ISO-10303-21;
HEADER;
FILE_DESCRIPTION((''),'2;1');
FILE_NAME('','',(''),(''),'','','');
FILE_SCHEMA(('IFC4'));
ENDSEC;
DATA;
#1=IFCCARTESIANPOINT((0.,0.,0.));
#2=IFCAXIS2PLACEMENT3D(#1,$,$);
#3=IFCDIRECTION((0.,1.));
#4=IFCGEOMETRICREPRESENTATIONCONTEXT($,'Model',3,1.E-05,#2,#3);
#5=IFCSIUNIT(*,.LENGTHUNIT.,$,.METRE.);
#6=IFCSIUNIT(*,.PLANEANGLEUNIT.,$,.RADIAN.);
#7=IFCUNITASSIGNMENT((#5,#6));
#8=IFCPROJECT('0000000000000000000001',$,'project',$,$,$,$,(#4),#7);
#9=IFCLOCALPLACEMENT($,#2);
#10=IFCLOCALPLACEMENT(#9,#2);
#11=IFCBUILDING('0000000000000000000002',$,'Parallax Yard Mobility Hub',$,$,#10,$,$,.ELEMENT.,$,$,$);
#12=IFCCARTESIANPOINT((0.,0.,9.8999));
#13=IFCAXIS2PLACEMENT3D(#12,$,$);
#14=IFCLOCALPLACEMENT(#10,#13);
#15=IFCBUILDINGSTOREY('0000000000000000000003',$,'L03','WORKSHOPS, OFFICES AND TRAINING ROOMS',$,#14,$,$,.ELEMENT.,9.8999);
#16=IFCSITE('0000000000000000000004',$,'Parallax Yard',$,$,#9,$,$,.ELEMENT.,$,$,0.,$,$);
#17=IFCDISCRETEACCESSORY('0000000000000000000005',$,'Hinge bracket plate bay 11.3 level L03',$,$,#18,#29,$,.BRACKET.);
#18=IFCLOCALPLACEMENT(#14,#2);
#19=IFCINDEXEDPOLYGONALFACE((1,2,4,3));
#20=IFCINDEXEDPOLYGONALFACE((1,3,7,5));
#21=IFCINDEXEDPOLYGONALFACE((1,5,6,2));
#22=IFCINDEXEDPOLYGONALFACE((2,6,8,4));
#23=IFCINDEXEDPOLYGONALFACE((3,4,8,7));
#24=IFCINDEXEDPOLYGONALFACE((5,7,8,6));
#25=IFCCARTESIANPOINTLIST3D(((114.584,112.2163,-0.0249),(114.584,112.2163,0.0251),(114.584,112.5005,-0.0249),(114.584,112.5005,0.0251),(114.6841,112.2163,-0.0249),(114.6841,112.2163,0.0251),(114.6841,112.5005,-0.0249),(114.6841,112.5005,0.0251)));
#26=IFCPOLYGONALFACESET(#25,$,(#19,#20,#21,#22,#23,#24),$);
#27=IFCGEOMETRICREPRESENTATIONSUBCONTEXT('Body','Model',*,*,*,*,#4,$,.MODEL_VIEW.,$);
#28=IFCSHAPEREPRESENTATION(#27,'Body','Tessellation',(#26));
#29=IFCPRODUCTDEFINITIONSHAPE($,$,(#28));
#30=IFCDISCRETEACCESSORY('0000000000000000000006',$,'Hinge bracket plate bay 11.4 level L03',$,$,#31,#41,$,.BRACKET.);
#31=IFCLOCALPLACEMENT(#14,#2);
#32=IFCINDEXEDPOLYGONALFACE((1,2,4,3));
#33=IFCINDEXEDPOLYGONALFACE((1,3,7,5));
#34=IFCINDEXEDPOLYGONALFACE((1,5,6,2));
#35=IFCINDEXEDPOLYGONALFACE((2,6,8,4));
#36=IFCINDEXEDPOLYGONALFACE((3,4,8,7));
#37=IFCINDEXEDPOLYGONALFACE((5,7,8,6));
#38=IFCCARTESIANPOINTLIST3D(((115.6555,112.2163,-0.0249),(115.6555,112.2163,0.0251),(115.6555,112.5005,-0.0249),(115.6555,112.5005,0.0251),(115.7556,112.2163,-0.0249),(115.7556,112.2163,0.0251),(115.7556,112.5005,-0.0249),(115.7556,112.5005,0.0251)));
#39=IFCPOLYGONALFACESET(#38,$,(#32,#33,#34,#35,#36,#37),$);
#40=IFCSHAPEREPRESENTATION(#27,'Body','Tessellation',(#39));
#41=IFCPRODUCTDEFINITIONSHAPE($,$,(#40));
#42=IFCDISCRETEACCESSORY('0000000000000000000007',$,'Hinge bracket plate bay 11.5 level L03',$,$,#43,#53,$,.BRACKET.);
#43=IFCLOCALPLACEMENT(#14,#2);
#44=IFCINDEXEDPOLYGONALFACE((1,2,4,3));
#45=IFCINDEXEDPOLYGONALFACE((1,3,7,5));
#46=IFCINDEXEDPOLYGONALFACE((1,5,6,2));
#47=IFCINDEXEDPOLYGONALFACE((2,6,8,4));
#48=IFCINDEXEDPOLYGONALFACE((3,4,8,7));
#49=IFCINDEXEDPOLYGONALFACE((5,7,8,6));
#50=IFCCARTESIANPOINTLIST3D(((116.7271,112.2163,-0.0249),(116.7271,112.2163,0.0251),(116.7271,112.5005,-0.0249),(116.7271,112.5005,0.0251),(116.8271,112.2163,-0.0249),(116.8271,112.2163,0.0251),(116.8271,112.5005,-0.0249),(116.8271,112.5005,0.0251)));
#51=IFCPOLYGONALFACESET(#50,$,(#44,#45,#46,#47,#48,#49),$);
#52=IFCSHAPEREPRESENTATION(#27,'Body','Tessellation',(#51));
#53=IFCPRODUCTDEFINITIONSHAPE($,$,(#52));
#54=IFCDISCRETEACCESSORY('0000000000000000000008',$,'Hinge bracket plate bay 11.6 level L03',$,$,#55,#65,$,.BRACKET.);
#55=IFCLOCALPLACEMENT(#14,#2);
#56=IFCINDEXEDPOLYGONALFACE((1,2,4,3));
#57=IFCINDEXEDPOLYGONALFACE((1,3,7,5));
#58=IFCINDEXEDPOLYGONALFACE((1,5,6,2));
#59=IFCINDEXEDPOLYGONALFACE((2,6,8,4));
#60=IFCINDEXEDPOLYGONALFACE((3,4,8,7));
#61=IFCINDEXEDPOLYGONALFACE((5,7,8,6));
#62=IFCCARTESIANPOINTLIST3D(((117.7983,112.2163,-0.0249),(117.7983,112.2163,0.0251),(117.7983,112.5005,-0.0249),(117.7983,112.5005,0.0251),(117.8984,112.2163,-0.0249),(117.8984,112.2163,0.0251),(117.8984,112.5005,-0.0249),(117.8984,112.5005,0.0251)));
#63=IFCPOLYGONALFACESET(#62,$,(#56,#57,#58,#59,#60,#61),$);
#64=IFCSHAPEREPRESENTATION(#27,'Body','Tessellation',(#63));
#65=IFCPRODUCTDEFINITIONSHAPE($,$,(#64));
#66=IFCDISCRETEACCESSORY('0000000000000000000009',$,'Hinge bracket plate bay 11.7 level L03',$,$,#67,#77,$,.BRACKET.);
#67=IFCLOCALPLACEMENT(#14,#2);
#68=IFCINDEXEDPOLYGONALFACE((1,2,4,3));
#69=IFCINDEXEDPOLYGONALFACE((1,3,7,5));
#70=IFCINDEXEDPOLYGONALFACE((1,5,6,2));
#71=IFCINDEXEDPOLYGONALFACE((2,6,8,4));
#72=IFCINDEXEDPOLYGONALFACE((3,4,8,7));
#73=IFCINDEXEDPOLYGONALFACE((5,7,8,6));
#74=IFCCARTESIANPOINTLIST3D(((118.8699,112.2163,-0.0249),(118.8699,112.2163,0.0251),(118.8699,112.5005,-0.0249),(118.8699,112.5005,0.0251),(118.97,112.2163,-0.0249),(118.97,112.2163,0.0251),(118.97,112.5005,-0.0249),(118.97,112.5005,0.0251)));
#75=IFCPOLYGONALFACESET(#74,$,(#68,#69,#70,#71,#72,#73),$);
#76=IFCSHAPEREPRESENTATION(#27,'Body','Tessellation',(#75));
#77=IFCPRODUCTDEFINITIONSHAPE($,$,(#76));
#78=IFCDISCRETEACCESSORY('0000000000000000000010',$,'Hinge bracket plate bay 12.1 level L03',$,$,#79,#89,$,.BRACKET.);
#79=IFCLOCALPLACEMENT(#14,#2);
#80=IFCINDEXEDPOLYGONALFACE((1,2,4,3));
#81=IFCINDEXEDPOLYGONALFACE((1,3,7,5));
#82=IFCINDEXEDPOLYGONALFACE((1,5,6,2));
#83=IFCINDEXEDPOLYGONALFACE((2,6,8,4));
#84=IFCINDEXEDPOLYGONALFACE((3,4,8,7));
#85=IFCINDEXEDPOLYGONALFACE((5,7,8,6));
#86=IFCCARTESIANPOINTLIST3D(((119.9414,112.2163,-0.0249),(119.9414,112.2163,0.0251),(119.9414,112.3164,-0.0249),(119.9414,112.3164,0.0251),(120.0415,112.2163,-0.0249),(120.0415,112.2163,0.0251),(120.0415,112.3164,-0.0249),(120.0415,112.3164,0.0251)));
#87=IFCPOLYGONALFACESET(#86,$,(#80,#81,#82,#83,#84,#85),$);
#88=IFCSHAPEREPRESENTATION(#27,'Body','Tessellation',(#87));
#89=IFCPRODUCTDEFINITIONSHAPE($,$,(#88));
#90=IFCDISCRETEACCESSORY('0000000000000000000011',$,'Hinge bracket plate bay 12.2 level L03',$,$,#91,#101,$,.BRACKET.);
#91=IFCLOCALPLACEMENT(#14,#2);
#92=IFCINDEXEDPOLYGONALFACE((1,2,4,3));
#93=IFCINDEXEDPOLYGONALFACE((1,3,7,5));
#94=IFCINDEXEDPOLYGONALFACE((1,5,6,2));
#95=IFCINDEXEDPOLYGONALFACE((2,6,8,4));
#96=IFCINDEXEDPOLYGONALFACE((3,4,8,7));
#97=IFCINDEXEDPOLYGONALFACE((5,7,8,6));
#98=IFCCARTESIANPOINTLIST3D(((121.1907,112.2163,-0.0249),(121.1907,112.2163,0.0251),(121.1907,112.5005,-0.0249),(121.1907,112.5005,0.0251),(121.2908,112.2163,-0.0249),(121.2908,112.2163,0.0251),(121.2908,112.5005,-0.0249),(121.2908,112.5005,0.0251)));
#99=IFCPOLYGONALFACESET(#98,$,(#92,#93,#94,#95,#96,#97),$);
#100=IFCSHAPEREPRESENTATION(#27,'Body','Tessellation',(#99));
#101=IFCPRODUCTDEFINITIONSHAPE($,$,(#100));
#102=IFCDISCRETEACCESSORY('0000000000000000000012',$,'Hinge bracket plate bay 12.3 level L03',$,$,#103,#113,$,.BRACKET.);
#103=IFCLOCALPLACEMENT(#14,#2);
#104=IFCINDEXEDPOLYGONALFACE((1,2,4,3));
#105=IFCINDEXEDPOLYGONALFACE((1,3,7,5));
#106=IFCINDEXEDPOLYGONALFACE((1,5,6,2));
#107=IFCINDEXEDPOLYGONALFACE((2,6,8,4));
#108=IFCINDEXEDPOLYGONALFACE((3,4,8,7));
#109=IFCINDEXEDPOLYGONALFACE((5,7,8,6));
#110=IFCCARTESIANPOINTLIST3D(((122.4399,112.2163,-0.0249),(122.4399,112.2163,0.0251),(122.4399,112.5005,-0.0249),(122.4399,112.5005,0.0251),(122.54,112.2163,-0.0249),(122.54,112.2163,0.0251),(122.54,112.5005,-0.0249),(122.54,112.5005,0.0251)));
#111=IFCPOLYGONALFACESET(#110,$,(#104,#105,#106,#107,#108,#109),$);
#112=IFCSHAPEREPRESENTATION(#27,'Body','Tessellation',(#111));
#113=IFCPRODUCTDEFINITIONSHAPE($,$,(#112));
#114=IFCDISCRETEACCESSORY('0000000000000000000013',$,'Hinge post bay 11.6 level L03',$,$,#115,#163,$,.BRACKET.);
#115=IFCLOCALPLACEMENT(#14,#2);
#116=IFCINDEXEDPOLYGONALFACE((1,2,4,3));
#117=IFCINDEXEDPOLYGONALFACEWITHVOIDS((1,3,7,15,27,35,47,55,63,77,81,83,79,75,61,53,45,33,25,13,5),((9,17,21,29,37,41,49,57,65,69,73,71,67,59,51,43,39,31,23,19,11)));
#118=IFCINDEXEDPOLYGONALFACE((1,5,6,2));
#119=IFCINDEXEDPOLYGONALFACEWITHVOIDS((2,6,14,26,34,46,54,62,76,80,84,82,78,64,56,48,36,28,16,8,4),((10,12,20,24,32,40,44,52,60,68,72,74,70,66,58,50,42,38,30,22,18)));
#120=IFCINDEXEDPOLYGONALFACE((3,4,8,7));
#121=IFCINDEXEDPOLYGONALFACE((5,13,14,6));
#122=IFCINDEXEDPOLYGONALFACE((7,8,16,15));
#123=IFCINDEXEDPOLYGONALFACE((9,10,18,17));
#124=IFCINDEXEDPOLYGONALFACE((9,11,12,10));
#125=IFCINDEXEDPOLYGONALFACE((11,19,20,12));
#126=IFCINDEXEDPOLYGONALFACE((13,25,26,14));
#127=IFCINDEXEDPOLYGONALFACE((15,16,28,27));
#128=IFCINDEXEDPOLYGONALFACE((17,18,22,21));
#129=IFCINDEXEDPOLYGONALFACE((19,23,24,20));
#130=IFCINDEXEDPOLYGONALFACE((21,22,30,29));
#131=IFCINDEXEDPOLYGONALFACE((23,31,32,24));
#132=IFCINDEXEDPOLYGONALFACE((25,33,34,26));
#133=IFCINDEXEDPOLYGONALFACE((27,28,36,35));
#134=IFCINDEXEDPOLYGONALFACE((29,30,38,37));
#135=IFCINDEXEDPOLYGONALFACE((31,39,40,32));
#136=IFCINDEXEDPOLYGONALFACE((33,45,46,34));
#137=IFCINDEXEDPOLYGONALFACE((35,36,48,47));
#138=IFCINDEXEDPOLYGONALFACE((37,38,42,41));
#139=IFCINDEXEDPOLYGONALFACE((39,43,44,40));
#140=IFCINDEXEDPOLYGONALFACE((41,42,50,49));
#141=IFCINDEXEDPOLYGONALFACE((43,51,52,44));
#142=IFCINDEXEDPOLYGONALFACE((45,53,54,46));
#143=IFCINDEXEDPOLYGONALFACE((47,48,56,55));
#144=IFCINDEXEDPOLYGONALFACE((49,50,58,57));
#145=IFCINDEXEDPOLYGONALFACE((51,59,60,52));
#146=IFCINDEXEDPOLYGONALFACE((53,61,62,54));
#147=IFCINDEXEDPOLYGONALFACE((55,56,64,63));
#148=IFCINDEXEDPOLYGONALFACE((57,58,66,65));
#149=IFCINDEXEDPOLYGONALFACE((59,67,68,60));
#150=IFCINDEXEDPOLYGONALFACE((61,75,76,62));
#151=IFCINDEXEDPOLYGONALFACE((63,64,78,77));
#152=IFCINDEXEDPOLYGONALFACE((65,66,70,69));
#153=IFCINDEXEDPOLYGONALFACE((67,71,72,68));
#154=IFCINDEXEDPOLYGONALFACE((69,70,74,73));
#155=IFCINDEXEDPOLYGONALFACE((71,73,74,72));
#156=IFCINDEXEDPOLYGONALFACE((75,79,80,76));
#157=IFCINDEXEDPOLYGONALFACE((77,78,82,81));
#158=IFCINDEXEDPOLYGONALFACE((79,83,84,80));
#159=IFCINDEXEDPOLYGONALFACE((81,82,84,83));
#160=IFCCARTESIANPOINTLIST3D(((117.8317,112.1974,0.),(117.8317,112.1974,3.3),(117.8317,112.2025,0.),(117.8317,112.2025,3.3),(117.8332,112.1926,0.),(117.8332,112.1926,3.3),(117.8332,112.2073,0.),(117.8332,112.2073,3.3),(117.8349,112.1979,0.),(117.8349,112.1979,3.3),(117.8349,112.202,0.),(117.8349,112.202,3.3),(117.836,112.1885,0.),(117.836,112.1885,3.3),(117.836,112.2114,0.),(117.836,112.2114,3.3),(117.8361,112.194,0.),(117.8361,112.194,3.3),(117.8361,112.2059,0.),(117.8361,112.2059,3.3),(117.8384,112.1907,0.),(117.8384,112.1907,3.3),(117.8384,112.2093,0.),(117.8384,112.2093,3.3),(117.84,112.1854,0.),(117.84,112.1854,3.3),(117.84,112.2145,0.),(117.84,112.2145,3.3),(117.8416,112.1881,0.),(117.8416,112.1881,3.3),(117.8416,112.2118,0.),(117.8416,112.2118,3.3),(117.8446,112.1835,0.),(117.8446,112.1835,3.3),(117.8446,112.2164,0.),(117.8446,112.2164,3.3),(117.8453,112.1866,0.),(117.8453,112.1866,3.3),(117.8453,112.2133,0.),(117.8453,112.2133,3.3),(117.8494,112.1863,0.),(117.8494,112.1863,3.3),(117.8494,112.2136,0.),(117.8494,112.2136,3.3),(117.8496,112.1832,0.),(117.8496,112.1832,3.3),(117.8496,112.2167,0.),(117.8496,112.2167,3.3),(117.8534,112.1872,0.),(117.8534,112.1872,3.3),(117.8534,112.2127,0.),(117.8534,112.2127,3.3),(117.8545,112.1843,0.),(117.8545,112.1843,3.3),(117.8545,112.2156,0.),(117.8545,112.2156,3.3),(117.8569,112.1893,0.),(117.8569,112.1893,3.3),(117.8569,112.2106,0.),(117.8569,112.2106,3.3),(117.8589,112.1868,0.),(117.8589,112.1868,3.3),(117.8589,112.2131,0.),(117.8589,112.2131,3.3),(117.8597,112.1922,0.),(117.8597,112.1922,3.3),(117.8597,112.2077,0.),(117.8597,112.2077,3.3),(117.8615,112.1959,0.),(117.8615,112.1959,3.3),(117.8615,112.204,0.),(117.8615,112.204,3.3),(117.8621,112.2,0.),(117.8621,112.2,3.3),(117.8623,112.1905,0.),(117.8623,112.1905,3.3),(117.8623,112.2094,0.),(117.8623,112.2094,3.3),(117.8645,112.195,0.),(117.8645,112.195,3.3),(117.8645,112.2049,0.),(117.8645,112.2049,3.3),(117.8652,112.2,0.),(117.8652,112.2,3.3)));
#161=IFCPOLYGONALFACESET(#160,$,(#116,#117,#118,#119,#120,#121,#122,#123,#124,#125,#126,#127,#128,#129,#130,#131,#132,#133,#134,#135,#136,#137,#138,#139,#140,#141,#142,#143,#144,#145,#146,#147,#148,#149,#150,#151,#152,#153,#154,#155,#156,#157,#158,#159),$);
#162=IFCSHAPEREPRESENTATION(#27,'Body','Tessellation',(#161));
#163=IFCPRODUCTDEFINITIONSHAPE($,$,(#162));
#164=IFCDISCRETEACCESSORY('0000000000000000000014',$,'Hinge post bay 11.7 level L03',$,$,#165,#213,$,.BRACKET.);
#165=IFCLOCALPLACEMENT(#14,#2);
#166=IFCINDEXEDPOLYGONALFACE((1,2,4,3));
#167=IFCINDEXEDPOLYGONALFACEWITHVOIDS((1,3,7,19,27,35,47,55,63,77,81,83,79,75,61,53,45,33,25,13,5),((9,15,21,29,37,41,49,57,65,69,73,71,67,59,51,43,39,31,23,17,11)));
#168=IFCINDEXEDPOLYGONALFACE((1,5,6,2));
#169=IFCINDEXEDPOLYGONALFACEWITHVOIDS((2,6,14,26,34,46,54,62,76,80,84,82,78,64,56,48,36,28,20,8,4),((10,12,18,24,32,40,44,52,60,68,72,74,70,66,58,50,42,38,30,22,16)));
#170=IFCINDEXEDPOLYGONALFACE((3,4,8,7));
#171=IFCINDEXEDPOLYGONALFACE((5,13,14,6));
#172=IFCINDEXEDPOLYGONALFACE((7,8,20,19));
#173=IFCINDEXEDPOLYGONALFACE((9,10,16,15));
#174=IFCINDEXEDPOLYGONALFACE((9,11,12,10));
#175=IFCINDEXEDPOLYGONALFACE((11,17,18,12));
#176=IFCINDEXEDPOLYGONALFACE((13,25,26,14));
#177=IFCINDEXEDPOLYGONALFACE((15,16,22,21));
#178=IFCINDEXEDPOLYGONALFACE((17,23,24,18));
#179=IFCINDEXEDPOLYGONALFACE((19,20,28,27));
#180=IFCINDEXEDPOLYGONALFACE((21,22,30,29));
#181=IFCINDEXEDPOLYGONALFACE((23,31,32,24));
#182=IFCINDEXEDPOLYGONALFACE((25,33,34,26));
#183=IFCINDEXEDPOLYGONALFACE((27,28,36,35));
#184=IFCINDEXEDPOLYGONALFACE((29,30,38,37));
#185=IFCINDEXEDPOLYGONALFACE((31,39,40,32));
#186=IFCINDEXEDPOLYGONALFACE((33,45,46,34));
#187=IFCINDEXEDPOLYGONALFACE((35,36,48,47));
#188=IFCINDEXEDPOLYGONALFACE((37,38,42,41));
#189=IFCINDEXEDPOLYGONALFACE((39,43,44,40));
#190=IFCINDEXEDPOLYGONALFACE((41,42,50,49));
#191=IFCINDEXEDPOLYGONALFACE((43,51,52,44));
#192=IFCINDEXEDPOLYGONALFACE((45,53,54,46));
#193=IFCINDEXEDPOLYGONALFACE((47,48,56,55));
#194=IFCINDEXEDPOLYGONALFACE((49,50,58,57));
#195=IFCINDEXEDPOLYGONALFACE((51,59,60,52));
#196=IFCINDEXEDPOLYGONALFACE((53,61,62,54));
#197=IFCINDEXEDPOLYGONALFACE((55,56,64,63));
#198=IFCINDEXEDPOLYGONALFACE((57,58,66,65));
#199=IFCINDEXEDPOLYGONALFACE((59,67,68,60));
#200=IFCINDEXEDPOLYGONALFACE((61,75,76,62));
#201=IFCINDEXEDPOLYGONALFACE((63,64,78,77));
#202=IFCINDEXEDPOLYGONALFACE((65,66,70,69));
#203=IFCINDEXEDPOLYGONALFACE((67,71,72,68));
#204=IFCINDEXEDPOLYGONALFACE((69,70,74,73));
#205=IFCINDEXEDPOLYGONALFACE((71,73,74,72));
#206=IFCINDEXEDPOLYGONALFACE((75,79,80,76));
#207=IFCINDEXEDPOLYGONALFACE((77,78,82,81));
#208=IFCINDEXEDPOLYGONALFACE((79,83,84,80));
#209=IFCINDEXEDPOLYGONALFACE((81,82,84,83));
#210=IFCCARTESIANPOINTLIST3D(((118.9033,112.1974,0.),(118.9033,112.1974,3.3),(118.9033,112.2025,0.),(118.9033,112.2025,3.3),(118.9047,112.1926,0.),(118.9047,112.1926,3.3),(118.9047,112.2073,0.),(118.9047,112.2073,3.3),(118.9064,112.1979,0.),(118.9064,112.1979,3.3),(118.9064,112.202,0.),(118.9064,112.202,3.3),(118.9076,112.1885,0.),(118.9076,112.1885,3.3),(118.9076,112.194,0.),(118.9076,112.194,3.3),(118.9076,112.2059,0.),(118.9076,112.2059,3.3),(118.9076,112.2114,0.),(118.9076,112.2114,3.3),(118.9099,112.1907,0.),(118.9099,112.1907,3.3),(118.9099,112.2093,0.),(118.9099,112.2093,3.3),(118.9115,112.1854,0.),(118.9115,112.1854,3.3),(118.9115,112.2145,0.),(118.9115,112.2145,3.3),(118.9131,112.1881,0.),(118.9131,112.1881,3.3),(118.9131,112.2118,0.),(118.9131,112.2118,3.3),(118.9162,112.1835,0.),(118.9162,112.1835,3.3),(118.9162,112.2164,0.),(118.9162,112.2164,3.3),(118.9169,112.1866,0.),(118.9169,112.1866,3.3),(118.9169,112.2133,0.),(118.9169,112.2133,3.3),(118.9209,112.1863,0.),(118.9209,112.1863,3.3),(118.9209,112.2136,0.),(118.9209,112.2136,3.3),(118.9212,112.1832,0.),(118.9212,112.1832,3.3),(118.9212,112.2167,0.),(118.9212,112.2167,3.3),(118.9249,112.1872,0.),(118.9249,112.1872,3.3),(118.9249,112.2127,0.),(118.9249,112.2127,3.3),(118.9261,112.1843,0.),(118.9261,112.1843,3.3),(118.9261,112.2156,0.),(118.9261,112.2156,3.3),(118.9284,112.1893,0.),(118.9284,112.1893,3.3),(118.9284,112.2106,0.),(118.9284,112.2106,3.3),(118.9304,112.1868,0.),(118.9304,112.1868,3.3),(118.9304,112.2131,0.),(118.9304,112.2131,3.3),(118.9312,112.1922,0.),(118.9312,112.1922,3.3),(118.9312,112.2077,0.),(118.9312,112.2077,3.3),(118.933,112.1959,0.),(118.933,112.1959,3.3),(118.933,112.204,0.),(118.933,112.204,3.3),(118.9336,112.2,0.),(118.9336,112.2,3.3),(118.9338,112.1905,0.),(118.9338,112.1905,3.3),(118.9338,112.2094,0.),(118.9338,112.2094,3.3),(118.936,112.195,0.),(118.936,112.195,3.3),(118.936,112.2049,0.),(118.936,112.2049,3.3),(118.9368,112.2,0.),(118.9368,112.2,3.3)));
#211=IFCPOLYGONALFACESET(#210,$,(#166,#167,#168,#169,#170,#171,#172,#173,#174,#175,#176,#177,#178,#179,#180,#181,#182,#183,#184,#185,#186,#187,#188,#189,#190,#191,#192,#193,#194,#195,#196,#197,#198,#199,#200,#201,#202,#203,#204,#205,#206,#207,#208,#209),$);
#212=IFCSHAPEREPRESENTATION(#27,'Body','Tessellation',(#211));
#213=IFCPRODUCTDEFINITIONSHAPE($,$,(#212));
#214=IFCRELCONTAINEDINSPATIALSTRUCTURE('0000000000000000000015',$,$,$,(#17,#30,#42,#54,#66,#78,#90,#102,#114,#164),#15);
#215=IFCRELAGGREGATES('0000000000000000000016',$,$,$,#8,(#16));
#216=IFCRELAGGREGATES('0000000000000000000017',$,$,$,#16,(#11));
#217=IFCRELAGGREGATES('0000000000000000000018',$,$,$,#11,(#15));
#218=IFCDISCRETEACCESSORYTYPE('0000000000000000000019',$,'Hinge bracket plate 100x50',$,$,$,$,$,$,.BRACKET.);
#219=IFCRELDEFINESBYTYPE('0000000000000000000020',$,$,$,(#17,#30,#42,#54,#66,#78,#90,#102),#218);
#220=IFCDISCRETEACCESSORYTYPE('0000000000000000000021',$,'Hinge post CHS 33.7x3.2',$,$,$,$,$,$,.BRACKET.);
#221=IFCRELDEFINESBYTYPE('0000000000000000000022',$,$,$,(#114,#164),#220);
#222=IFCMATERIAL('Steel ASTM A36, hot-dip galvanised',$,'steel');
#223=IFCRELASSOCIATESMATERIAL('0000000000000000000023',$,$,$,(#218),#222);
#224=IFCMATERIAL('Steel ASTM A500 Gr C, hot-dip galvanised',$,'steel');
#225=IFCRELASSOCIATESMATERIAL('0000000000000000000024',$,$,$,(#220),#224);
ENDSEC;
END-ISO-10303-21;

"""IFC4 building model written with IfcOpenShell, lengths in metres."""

from ifc_helpers import new_model, si_unit, direction, frame, origin, origin_2d, place, context, subcontext, project, spatial, rectangle, hollow_circle, extrude, material, material_profile, profile_set, type_object, element, save


model = new_model("IFC4")

# Units and contexts
model_context = context("Model", 3, precision=1e-05, world=origin(), true_north=direction((0.0, 1.0)))
body_context = subcontext(model_context, "Body", "Model", "MODEL_VIEW")
ifc_project = project(units=[si_unit("LENGTHUNIT", "METRE"), si_unit("PLANEANGLEUNIT", "RADIAN")], contexts=[model_context])

# Site, building, storey
site_placement = place(None, origin())
site = spatial("IfcSite", under=ifc_project, at=site_placement, Name="Parallax Yard", CompositionType="ELEMENT", RefElevation=0.0)
building_placement = place(site_placement, origin())
building = spatial("IfcBuilding", under=site, at=building_placement, Name="Parallax Yard Mobility Hub", CompositionType="ELEMENT")
storey_placement = place(building_placement, frame((0.0, 0.0, 9.8999)))
storey = spatial("IfcBuildingStorey", under=building, at=storey_placement, Name="L03", Description="WORKSHOPS, OFFICES AND TRAINING ROOMS", CompositionType="ELEMENT", Elevation=9.8999)

# Discrete accessories
ifc_material_1 = material(Name="Steel ASTM A36, hot-dip galvanised", Category="steel")
discrete_accessory_type_1 = type_object("IfcDiscreteAccessoryType", Name="Hinge bracket plate 100x50", PredefinedType="BRACKET", material=ifc_material_1)
for number, where, z_axis, x_axis, name in (
    (1, (114.634, 112.3584, -0.0249), (0.0, 0.0, 1.0), (0.0, -1.0, 0.0), "Hinge bracket plate bay 11.3 level L03"),
    (2, (115.7056, 112.3584, -0.0249), (0.0, 0.0, 1.0), (0.0, -1.0, 0.0), "Hinge bracket plate bay 11.4 level L03"),
    (3, (116.7771, 112.3584, -0.0249), (0.0, 0.0, 1.0), (0.0, -1.0, 0.0), "Hinge bracket plate bay 11.5 level L03"),
    (4, (117.8484, 112.3584, -0.0249), (0.0, 0.0, 1.0), (0.0, -1.0, 0.0), "Hinge bracket plate bay 11.6 level L03"),
    (5, (118.9199, 112.3584, -0.0249), (0.0, 0.0, 1.0), (0.0, -1.0, 0.0), "Hinge bracket plate bay 11.7 level L03"),
):
    element("IfcDiscreteAccessory", number, at=place(storey_placement, frame(where, z_axis=z_axis, x_axis=x_axis)), inside=storey, type_object=discrete_accessory_type_1, Name=name, PredefinedType="BRACKET", context=body_context, shape_type="SweptSolid", body=[
        extrude(rectangle(XDim=0.2842, YDim=0.1001, at=origin_2d()), origin(), (0.0, 0.0, 1.0), 0.05),
    ])
discrete_accessory_1_placement = place(storey_placement, frame((119.9915, 112.2664, -0.0249), z_axis=(0.0, 0.0, 1.0), x_axis=(0.0, -1.0, 0.0)))
element("IfcDiscreteAccessory", 6, at=discrete_accessory_1_placement, inside=storey, type_object=discrete_accessory_type_1, Name="Hinge bracket plate bay 12.1 level L03", PredefinedType="BRACKET", context=body_context, shape_type="SweptSolid", body=[
    extrude(rectangle(XDim=0.1001, YDim=0.1001, at=origin_2d()), origin(), (0.0, 0.0, 1.0), 0.05),
])
for number, where, z_axis, x_axis, name in (
    (7, (121.2407, 112.3584, -0.0249), (0.0, 0.0, 1.0), (0.0, -1.0, 0.0), "Hinge bracket plate bay 12.2 level L03"),
    (8, (122.49, 112.3584, -0.0249), (0.0, 0.0, 1.0), (0.0, -1.0, 0.0), "Hinge bracket plate bay 12.3 level L03"),
):
    element("IfcDiscreteAccessory", number, at=place(storey_placement, frame(where, z_axis=z_axis, x_axis=x_axis)), inside=storey, type_object=discrete_accessory_type_1, Name=name, PredefinedType="BRACKET", context=body_context, shape_type="SweptSolid", body=[
        extrude(rectangle(XDim=0.2842, YDim=0.1001, at=origin_2d()), origin(), (0.0, 0.0, 1.0), 0.05),
    ])
ifc_material_2 = material(Name="Steel ASTM A500 Gr C, hot-dip galvanised", Category="steel")
ifc_material_profile_1 = material_profile(ifc_material_2, hollow_circle(Radius=0.0168, WallThickness=0.0032, at=origin_2d()), Name="CHS 33.7x3.2")
ifc_profile_set_1 = profile_set([ifc_material_profile_1], Name="Steel ASTM A500 Gr C, hot-dip galvanised")
discrete_accessory_type_2 = type_object("IfcDiscreteAccessoryType", Name="Hinge post CHS 33.7x3.2", PredefinedType="BRACKET", material=ifc_profile_set_1)
for number, where, z_axis, x_axis, name in (
    (9, (117.8484, 112.2, 0.0), (0.0, 0.0, 1.0), (1.0, 0.0, 0.0), "Hinge post bay 11.6 level L03"),
    (10, (118.9199, 112.2, 0.0), (0.0, 0.0, 1.0), (1.0, 0.0, 0.0), "Hinge post bay 11.7 level L03"),
):
    element("IfcDiscreteAccessory", number, at=place(storey_placement, frame(where, z_axis=z_axis, x_axis=x_axis)), inside=storey, type_object=discrete_accessory_type_2, Name=name, PredefinedType="BRACKET", context=body_context, shape_type="SweptSolid", body=[
        extrude(hollow_circle(Radius=0.0168, WallThickness=0.0032, at=origin_2d()), origin(), (0.0, 0.0, 1.0), 3.3),
    ])

save(model, "model.ifc")
